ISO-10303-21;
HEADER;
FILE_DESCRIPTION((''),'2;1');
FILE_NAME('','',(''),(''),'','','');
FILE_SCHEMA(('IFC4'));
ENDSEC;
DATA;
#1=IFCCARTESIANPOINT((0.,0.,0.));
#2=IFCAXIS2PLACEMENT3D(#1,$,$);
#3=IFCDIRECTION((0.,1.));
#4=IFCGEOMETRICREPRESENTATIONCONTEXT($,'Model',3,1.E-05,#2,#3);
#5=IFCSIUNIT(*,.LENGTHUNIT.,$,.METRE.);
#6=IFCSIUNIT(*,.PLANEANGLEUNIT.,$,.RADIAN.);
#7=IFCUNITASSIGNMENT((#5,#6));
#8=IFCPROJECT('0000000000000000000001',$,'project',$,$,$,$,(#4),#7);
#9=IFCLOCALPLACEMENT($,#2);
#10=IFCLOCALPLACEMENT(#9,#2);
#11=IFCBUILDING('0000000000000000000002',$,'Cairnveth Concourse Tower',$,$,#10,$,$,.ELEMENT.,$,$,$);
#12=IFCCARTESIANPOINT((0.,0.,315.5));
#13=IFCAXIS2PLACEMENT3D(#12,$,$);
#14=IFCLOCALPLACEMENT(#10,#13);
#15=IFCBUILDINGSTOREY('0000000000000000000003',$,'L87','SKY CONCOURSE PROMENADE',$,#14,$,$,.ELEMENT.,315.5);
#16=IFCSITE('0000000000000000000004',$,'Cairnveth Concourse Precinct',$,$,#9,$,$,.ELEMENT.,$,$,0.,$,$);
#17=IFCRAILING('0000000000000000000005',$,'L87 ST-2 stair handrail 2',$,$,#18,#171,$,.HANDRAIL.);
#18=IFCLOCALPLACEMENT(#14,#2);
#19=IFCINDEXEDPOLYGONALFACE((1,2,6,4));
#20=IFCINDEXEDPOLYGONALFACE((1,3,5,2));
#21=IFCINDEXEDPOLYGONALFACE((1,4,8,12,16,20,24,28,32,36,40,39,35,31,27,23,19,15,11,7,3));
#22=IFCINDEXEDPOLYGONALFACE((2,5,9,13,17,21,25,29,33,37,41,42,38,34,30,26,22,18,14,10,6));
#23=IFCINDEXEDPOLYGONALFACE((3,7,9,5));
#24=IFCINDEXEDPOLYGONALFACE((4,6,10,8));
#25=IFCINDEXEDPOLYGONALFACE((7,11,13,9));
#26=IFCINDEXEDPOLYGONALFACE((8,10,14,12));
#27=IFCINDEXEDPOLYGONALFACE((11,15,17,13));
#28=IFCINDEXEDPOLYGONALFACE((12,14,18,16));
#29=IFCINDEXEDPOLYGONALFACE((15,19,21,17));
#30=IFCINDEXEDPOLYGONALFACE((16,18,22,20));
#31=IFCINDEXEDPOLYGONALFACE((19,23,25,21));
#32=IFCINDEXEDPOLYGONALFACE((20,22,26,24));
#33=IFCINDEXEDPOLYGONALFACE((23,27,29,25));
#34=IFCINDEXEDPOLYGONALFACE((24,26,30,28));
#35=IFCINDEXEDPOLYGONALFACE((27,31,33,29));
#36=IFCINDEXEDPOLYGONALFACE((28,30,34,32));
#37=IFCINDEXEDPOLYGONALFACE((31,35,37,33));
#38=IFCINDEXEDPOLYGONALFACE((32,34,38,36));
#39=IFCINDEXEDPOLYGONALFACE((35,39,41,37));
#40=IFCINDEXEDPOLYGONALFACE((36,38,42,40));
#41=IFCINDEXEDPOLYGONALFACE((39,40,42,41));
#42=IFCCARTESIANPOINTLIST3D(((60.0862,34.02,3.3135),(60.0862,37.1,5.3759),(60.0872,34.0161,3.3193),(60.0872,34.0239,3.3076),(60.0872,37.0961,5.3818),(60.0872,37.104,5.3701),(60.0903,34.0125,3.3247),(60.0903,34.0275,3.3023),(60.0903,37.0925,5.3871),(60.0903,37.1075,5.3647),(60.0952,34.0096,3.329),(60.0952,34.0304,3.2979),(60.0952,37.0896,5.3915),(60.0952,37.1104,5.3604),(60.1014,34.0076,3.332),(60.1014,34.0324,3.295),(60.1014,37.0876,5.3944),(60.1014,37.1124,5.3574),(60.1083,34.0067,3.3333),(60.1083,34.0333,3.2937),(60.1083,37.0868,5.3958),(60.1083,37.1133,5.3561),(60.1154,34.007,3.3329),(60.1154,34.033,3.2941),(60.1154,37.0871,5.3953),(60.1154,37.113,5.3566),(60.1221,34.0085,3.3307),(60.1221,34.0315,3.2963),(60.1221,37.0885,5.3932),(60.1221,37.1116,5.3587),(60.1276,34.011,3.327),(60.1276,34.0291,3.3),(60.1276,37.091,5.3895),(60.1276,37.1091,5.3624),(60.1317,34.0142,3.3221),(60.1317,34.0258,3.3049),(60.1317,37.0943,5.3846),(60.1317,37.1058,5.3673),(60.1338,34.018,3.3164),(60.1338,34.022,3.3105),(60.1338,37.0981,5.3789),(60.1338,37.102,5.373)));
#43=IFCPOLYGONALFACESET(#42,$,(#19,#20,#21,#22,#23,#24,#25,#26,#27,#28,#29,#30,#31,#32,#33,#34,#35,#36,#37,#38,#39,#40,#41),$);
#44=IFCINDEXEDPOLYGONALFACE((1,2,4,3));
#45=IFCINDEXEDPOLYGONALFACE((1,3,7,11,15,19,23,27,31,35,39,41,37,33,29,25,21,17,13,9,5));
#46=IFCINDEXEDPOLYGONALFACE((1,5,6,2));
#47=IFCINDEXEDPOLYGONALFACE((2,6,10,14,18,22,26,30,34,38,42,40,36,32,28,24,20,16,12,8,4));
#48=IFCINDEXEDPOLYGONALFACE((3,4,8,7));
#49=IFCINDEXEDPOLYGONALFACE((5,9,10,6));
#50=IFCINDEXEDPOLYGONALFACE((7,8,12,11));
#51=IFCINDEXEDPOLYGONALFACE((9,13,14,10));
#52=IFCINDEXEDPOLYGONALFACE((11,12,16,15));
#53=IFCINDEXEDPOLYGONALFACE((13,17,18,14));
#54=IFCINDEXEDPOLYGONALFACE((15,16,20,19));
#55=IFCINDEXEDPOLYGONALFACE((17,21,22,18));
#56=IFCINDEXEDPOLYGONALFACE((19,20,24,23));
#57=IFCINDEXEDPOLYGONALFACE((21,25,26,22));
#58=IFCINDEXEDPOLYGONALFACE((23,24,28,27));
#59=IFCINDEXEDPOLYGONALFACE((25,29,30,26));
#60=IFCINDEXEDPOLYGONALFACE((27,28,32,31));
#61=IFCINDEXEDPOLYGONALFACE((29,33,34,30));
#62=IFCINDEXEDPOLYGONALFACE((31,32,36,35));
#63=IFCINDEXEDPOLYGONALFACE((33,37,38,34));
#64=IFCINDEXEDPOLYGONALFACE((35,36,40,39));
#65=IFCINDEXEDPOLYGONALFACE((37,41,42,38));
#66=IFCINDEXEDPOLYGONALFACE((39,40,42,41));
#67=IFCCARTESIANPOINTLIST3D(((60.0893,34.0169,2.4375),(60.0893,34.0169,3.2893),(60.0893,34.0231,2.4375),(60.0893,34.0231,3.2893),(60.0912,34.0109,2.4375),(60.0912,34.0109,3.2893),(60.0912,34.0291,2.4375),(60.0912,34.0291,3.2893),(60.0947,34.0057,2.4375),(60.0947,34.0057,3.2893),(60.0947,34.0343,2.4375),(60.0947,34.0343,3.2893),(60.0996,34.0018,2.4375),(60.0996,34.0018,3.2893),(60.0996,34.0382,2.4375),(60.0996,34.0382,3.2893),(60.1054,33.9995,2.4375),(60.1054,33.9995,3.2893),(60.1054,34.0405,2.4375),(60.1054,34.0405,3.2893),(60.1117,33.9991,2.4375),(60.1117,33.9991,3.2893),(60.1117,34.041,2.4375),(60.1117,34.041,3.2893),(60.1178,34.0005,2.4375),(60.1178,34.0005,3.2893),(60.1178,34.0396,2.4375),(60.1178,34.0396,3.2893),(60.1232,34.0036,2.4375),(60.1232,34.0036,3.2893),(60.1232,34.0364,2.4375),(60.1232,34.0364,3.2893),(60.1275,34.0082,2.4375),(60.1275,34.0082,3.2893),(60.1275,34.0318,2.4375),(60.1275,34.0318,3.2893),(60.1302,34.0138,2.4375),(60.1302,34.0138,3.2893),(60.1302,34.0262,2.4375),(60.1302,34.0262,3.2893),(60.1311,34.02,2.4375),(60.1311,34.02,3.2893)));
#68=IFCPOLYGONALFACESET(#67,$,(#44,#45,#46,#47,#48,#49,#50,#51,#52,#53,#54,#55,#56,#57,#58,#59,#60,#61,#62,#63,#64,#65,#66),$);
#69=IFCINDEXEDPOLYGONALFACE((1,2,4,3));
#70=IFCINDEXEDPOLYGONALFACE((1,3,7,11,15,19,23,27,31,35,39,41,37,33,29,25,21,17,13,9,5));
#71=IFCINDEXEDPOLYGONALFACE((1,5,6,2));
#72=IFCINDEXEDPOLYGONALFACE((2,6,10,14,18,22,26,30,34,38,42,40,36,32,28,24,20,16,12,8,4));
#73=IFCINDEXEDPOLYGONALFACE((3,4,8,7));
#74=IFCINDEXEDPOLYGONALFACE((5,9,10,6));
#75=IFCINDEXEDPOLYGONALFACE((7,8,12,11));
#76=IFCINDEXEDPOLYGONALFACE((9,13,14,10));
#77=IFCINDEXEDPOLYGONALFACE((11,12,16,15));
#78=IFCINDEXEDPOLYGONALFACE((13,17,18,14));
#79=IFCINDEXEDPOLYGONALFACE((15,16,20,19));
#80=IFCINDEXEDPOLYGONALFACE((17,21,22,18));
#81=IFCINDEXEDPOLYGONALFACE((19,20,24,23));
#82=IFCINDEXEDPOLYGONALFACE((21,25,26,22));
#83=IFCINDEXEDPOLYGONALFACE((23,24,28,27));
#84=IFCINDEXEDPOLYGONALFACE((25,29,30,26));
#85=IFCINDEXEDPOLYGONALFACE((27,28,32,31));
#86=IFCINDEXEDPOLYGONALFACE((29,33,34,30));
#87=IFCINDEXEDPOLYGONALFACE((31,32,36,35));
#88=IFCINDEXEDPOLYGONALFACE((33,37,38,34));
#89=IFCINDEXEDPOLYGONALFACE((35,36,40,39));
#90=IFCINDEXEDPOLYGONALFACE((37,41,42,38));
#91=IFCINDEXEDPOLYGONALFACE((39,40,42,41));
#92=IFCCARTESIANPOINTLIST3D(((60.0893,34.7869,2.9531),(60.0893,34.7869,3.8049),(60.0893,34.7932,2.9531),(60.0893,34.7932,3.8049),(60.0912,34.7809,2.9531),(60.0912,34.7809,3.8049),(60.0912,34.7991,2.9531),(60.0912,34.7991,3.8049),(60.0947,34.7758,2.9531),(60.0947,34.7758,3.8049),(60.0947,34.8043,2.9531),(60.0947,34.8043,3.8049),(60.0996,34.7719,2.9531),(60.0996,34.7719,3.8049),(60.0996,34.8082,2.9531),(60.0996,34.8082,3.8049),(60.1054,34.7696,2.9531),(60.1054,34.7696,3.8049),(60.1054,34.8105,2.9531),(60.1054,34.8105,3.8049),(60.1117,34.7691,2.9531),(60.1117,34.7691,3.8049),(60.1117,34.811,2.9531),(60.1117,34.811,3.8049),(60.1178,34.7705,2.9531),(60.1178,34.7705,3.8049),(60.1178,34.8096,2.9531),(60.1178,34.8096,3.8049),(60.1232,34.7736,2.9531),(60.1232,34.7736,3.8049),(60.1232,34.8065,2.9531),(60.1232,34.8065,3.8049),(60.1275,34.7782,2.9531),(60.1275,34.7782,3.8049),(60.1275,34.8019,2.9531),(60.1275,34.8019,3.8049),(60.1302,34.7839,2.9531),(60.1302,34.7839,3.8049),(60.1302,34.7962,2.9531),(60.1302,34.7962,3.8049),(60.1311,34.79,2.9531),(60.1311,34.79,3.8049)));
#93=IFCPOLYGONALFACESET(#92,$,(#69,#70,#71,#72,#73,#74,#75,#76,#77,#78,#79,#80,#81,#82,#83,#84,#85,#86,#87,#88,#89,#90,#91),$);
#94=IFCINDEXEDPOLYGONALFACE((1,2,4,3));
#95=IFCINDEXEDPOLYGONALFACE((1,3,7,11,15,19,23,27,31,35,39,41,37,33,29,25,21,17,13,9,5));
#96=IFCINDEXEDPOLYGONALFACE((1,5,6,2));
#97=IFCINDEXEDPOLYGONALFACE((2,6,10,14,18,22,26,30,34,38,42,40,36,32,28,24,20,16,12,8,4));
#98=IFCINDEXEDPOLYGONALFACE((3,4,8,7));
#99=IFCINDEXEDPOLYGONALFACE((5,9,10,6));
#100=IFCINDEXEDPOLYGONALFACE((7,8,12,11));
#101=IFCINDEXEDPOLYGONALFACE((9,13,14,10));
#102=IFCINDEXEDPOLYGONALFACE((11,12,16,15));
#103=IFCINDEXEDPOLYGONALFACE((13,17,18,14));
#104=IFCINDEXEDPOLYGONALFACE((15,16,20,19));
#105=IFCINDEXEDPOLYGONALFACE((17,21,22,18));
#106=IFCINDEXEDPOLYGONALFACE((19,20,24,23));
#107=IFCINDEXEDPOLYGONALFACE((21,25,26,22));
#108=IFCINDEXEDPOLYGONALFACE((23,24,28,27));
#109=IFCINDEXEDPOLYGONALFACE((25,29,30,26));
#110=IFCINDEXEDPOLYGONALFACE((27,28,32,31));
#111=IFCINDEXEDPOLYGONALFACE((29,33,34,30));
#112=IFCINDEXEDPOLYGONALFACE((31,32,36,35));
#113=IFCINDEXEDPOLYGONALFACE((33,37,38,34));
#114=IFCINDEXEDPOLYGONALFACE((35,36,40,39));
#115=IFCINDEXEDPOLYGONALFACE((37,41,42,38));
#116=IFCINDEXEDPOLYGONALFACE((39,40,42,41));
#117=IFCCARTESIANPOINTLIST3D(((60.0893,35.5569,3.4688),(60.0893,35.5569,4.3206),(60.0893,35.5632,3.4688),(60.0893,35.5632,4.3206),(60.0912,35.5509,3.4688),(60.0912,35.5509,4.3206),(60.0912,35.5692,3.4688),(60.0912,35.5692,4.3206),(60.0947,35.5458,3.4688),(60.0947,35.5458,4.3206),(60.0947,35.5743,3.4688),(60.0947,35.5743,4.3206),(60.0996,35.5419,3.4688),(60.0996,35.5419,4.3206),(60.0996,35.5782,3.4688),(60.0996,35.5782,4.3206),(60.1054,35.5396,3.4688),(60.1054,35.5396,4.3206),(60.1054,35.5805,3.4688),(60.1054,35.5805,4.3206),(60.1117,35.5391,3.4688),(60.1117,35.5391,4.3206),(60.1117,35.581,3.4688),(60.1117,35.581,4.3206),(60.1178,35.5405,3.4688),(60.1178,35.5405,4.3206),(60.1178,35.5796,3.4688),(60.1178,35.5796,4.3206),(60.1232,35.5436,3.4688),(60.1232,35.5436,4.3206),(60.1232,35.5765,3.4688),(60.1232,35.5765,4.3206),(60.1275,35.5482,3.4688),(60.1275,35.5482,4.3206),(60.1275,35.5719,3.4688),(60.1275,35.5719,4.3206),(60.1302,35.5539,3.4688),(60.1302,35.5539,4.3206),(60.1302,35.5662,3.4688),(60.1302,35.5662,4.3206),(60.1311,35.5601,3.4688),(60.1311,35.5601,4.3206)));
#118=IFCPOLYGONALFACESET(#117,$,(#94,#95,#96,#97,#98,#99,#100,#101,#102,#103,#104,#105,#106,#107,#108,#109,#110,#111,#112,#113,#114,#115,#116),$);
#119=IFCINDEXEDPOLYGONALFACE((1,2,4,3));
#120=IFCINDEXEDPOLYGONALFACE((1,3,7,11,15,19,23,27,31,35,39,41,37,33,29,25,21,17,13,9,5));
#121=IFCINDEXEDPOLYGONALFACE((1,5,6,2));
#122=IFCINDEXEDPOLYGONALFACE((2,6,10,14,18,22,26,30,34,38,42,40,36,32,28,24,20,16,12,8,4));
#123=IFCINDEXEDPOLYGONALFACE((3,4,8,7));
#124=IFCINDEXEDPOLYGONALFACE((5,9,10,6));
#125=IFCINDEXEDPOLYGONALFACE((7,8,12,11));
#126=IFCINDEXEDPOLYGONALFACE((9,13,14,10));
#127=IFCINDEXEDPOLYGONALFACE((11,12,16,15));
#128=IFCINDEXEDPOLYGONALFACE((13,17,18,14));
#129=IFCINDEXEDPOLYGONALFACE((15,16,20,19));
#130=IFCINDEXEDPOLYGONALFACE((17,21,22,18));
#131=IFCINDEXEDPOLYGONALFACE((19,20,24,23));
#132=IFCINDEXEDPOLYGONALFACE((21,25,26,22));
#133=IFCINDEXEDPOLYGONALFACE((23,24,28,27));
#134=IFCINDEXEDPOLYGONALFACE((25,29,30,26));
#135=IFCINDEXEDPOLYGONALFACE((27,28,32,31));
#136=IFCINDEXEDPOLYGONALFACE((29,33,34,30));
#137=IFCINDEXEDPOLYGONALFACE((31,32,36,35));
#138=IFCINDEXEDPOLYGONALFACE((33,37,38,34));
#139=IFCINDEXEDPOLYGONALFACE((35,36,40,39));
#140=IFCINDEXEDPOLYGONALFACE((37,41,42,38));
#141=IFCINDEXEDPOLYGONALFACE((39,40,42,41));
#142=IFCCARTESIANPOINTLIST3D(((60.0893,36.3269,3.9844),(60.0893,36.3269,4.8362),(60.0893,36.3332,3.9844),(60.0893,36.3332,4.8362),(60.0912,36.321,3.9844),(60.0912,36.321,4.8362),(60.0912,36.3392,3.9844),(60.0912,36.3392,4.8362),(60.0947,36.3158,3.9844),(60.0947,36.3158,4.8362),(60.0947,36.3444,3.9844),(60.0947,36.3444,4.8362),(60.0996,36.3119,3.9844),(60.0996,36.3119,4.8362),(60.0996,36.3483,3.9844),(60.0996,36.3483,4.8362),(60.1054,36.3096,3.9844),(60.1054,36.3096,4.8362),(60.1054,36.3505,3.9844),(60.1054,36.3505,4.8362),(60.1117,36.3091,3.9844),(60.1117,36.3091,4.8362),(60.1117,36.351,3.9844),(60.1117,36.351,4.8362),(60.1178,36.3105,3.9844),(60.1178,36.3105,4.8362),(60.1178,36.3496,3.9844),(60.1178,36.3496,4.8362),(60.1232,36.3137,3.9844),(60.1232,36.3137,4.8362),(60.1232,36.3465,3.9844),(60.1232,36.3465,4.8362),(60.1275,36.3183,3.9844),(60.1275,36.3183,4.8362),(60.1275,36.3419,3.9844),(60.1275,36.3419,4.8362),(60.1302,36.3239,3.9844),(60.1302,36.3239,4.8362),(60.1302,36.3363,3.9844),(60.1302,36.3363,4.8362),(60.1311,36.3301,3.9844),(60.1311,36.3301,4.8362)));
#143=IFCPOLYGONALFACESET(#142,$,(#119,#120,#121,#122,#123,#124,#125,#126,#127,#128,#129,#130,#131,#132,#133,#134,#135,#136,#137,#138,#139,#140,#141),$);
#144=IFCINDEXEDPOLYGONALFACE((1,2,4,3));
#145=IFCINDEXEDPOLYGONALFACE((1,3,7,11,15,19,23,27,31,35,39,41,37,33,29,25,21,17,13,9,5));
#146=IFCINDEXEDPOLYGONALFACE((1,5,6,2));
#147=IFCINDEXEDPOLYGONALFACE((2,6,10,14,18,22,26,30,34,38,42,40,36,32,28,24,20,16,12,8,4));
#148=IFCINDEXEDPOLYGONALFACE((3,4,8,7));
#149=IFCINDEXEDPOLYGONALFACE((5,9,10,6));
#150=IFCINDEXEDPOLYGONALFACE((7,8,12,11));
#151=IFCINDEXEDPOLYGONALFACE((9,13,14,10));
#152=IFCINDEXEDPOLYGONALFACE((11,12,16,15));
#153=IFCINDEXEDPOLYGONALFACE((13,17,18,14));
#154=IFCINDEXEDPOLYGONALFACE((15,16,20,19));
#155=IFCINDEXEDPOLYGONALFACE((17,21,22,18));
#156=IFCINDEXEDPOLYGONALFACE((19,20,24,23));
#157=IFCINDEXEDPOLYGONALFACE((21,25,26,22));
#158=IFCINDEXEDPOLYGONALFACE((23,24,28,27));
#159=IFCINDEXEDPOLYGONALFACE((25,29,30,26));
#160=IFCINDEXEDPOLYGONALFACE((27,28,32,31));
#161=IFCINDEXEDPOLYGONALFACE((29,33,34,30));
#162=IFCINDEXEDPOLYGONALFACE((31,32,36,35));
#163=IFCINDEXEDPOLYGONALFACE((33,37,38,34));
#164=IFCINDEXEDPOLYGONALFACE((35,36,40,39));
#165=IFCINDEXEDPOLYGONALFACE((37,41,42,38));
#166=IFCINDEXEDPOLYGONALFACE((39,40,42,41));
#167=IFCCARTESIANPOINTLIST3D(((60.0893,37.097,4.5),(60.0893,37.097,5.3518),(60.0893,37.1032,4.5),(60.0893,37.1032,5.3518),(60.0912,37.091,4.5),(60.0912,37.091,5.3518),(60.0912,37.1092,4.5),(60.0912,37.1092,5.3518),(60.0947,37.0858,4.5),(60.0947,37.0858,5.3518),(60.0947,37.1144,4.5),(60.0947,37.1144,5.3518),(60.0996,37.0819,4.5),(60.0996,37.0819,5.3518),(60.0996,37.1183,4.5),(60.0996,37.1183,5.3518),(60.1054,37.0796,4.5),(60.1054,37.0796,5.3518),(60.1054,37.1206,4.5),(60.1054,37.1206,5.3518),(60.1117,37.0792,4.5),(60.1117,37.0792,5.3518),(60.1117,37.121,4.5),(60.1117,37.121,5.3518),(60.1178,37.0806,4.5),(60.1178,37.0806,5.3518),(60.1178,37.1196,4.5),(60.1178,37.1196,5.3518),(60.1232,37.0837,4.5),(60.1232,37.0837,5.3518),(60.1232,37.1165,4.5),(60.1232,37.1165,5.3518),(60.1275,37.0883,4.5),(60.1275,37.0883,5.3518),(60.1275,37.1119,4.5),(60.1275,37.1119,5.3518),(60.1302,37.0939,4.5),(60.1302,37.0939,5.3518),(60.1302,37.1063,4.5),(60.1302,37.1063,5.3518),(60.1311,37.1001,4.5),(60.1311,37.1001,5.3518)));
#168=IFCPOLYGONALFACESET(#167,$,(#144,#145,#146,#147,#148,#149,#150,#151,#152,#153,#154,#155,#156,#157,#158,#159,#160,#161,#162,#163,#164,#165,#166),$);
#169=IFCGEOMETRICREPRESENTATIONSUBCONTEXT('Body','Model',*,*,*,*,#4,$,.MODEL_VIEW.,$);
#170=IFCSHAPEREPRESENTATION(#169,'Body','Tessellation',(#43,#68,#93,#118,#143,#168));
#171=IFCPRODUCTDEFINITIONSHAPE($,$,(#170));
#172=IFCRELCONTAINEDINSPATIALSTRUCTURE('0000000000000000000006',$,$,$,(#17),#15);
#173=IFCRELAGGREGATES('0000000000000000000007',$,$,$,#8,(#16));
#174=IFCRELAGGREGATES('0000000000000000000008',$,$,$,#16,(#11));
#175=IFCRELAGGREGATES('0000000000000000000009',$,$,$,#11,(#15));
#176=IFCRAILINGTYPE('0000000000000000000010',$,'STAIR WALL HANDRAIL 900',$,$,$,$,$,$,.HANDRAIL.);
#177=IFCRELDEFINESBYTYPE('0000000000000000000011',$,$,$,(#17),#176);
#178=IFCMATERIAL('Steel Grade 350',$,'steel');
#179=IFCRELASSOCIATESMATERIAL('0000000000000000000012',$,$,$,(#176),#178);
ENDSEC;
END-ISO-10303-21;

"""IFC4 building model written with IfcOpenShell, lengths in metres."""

from ifc_helpers import new_model, si_unit, direction, frame, origin, origin_2d, place, context, subcontext, project, spatial, circle, extrude, material, type_object, element, save


model = new_model("IFC4")

# Units and contexts
model_context = context("Model", 3, precision=1e-05, world=origin(), true_north=direction((0.0, 1.0)))
body_context = subcontext(model_context, "Body", "Model", "MODEL_VIEW")
ifc_project = project(units=[si_unit("LENGTHUNIT", "METRE"), si_unit("PLANEANGLEUNIT", "RADIAN")], contexts=[model_context])

# Site, building, storey
site_placement = place(None, origin())
site = spatial("IfcSite", under=ifc_project, at=site_placement, Name="Cairnveth Concourse Precinct", CompositionType="ELEMENT", RefElevation=0.0)
building_placement = place(site_placement, origin())
building = spatial("IfcBuilding", under=site, at=building_placement, Name="Cairnveth Concourse Tower", CompositionType="ELEMENT")
storey_placement = place(building_placement, frame((0.0, 0.0, 315.5)))
storey = spatial("IfcBuildingStorey", under=building, at=storey_placement, Name="L87", Description="SKY CONCOURSE PROMENADE", CompositionType="ELEMENT", Elevation=315.5)

# Shared definitions
ifc_material_1 = material(Name="Steel Grade 350", Category="steel")

# Railing
railing_type_1 = type_object("IfcRailingType", Name="STAIR WALL HANDRAIL 900", PredefinedType="HANDRAIL", material=ifc_material_1)
railing_1_placement = place(storey_placement, frame((60.1101, 34.02, 2.4375)))
element("IfcRailing", 1, at=railing_1_placement, inside=storey, type_object=railing_type_1, Name="L87 ST-2 stair handrail 2", PredefinedType="HANDRAIL", context=body_context, shape_type="SweptSolid", body=[
    extrude(circle(Radius=0.0239, at=origin_2d()), frame((0.0, 0.0, 0.876), z_axis=(0.0, 0.830914, 0.556401), x_axis=(-1.0, 0.0, 0.0)), (0.0, 0.0, 1.0), 3.7068),
    extrude(circle(Radius=0.021, at=origin_2d()), origin(), (0.0, 0.0, 1.0), 0.8518),
    extrude(circle(Radius=0.021, at=origin_2d()), frame((0.0, 0.77, 0.5156)), (0.0, 0.0, 1.0), 0.8518),
    extrude(circle(Radius=0.021, at=origin_2d()), frame((0.0, 1.54, 1.0312)), (0.0, 0.0, 1.0), 0.8518),
    extrude(circle(Radius=0.021, at=origin_2d()), frame((0.0, 2.3101, 1.5469)), (0.0, 0.0, 1.0), 0.8518),
    extrude(circle(Radius=0.021, at=origin_2d()), frame((0.0, 3.0801, 2.0625)), (0.0, 0.0, 1.0), 0.8518),
])

save(model, "model.ifc")
